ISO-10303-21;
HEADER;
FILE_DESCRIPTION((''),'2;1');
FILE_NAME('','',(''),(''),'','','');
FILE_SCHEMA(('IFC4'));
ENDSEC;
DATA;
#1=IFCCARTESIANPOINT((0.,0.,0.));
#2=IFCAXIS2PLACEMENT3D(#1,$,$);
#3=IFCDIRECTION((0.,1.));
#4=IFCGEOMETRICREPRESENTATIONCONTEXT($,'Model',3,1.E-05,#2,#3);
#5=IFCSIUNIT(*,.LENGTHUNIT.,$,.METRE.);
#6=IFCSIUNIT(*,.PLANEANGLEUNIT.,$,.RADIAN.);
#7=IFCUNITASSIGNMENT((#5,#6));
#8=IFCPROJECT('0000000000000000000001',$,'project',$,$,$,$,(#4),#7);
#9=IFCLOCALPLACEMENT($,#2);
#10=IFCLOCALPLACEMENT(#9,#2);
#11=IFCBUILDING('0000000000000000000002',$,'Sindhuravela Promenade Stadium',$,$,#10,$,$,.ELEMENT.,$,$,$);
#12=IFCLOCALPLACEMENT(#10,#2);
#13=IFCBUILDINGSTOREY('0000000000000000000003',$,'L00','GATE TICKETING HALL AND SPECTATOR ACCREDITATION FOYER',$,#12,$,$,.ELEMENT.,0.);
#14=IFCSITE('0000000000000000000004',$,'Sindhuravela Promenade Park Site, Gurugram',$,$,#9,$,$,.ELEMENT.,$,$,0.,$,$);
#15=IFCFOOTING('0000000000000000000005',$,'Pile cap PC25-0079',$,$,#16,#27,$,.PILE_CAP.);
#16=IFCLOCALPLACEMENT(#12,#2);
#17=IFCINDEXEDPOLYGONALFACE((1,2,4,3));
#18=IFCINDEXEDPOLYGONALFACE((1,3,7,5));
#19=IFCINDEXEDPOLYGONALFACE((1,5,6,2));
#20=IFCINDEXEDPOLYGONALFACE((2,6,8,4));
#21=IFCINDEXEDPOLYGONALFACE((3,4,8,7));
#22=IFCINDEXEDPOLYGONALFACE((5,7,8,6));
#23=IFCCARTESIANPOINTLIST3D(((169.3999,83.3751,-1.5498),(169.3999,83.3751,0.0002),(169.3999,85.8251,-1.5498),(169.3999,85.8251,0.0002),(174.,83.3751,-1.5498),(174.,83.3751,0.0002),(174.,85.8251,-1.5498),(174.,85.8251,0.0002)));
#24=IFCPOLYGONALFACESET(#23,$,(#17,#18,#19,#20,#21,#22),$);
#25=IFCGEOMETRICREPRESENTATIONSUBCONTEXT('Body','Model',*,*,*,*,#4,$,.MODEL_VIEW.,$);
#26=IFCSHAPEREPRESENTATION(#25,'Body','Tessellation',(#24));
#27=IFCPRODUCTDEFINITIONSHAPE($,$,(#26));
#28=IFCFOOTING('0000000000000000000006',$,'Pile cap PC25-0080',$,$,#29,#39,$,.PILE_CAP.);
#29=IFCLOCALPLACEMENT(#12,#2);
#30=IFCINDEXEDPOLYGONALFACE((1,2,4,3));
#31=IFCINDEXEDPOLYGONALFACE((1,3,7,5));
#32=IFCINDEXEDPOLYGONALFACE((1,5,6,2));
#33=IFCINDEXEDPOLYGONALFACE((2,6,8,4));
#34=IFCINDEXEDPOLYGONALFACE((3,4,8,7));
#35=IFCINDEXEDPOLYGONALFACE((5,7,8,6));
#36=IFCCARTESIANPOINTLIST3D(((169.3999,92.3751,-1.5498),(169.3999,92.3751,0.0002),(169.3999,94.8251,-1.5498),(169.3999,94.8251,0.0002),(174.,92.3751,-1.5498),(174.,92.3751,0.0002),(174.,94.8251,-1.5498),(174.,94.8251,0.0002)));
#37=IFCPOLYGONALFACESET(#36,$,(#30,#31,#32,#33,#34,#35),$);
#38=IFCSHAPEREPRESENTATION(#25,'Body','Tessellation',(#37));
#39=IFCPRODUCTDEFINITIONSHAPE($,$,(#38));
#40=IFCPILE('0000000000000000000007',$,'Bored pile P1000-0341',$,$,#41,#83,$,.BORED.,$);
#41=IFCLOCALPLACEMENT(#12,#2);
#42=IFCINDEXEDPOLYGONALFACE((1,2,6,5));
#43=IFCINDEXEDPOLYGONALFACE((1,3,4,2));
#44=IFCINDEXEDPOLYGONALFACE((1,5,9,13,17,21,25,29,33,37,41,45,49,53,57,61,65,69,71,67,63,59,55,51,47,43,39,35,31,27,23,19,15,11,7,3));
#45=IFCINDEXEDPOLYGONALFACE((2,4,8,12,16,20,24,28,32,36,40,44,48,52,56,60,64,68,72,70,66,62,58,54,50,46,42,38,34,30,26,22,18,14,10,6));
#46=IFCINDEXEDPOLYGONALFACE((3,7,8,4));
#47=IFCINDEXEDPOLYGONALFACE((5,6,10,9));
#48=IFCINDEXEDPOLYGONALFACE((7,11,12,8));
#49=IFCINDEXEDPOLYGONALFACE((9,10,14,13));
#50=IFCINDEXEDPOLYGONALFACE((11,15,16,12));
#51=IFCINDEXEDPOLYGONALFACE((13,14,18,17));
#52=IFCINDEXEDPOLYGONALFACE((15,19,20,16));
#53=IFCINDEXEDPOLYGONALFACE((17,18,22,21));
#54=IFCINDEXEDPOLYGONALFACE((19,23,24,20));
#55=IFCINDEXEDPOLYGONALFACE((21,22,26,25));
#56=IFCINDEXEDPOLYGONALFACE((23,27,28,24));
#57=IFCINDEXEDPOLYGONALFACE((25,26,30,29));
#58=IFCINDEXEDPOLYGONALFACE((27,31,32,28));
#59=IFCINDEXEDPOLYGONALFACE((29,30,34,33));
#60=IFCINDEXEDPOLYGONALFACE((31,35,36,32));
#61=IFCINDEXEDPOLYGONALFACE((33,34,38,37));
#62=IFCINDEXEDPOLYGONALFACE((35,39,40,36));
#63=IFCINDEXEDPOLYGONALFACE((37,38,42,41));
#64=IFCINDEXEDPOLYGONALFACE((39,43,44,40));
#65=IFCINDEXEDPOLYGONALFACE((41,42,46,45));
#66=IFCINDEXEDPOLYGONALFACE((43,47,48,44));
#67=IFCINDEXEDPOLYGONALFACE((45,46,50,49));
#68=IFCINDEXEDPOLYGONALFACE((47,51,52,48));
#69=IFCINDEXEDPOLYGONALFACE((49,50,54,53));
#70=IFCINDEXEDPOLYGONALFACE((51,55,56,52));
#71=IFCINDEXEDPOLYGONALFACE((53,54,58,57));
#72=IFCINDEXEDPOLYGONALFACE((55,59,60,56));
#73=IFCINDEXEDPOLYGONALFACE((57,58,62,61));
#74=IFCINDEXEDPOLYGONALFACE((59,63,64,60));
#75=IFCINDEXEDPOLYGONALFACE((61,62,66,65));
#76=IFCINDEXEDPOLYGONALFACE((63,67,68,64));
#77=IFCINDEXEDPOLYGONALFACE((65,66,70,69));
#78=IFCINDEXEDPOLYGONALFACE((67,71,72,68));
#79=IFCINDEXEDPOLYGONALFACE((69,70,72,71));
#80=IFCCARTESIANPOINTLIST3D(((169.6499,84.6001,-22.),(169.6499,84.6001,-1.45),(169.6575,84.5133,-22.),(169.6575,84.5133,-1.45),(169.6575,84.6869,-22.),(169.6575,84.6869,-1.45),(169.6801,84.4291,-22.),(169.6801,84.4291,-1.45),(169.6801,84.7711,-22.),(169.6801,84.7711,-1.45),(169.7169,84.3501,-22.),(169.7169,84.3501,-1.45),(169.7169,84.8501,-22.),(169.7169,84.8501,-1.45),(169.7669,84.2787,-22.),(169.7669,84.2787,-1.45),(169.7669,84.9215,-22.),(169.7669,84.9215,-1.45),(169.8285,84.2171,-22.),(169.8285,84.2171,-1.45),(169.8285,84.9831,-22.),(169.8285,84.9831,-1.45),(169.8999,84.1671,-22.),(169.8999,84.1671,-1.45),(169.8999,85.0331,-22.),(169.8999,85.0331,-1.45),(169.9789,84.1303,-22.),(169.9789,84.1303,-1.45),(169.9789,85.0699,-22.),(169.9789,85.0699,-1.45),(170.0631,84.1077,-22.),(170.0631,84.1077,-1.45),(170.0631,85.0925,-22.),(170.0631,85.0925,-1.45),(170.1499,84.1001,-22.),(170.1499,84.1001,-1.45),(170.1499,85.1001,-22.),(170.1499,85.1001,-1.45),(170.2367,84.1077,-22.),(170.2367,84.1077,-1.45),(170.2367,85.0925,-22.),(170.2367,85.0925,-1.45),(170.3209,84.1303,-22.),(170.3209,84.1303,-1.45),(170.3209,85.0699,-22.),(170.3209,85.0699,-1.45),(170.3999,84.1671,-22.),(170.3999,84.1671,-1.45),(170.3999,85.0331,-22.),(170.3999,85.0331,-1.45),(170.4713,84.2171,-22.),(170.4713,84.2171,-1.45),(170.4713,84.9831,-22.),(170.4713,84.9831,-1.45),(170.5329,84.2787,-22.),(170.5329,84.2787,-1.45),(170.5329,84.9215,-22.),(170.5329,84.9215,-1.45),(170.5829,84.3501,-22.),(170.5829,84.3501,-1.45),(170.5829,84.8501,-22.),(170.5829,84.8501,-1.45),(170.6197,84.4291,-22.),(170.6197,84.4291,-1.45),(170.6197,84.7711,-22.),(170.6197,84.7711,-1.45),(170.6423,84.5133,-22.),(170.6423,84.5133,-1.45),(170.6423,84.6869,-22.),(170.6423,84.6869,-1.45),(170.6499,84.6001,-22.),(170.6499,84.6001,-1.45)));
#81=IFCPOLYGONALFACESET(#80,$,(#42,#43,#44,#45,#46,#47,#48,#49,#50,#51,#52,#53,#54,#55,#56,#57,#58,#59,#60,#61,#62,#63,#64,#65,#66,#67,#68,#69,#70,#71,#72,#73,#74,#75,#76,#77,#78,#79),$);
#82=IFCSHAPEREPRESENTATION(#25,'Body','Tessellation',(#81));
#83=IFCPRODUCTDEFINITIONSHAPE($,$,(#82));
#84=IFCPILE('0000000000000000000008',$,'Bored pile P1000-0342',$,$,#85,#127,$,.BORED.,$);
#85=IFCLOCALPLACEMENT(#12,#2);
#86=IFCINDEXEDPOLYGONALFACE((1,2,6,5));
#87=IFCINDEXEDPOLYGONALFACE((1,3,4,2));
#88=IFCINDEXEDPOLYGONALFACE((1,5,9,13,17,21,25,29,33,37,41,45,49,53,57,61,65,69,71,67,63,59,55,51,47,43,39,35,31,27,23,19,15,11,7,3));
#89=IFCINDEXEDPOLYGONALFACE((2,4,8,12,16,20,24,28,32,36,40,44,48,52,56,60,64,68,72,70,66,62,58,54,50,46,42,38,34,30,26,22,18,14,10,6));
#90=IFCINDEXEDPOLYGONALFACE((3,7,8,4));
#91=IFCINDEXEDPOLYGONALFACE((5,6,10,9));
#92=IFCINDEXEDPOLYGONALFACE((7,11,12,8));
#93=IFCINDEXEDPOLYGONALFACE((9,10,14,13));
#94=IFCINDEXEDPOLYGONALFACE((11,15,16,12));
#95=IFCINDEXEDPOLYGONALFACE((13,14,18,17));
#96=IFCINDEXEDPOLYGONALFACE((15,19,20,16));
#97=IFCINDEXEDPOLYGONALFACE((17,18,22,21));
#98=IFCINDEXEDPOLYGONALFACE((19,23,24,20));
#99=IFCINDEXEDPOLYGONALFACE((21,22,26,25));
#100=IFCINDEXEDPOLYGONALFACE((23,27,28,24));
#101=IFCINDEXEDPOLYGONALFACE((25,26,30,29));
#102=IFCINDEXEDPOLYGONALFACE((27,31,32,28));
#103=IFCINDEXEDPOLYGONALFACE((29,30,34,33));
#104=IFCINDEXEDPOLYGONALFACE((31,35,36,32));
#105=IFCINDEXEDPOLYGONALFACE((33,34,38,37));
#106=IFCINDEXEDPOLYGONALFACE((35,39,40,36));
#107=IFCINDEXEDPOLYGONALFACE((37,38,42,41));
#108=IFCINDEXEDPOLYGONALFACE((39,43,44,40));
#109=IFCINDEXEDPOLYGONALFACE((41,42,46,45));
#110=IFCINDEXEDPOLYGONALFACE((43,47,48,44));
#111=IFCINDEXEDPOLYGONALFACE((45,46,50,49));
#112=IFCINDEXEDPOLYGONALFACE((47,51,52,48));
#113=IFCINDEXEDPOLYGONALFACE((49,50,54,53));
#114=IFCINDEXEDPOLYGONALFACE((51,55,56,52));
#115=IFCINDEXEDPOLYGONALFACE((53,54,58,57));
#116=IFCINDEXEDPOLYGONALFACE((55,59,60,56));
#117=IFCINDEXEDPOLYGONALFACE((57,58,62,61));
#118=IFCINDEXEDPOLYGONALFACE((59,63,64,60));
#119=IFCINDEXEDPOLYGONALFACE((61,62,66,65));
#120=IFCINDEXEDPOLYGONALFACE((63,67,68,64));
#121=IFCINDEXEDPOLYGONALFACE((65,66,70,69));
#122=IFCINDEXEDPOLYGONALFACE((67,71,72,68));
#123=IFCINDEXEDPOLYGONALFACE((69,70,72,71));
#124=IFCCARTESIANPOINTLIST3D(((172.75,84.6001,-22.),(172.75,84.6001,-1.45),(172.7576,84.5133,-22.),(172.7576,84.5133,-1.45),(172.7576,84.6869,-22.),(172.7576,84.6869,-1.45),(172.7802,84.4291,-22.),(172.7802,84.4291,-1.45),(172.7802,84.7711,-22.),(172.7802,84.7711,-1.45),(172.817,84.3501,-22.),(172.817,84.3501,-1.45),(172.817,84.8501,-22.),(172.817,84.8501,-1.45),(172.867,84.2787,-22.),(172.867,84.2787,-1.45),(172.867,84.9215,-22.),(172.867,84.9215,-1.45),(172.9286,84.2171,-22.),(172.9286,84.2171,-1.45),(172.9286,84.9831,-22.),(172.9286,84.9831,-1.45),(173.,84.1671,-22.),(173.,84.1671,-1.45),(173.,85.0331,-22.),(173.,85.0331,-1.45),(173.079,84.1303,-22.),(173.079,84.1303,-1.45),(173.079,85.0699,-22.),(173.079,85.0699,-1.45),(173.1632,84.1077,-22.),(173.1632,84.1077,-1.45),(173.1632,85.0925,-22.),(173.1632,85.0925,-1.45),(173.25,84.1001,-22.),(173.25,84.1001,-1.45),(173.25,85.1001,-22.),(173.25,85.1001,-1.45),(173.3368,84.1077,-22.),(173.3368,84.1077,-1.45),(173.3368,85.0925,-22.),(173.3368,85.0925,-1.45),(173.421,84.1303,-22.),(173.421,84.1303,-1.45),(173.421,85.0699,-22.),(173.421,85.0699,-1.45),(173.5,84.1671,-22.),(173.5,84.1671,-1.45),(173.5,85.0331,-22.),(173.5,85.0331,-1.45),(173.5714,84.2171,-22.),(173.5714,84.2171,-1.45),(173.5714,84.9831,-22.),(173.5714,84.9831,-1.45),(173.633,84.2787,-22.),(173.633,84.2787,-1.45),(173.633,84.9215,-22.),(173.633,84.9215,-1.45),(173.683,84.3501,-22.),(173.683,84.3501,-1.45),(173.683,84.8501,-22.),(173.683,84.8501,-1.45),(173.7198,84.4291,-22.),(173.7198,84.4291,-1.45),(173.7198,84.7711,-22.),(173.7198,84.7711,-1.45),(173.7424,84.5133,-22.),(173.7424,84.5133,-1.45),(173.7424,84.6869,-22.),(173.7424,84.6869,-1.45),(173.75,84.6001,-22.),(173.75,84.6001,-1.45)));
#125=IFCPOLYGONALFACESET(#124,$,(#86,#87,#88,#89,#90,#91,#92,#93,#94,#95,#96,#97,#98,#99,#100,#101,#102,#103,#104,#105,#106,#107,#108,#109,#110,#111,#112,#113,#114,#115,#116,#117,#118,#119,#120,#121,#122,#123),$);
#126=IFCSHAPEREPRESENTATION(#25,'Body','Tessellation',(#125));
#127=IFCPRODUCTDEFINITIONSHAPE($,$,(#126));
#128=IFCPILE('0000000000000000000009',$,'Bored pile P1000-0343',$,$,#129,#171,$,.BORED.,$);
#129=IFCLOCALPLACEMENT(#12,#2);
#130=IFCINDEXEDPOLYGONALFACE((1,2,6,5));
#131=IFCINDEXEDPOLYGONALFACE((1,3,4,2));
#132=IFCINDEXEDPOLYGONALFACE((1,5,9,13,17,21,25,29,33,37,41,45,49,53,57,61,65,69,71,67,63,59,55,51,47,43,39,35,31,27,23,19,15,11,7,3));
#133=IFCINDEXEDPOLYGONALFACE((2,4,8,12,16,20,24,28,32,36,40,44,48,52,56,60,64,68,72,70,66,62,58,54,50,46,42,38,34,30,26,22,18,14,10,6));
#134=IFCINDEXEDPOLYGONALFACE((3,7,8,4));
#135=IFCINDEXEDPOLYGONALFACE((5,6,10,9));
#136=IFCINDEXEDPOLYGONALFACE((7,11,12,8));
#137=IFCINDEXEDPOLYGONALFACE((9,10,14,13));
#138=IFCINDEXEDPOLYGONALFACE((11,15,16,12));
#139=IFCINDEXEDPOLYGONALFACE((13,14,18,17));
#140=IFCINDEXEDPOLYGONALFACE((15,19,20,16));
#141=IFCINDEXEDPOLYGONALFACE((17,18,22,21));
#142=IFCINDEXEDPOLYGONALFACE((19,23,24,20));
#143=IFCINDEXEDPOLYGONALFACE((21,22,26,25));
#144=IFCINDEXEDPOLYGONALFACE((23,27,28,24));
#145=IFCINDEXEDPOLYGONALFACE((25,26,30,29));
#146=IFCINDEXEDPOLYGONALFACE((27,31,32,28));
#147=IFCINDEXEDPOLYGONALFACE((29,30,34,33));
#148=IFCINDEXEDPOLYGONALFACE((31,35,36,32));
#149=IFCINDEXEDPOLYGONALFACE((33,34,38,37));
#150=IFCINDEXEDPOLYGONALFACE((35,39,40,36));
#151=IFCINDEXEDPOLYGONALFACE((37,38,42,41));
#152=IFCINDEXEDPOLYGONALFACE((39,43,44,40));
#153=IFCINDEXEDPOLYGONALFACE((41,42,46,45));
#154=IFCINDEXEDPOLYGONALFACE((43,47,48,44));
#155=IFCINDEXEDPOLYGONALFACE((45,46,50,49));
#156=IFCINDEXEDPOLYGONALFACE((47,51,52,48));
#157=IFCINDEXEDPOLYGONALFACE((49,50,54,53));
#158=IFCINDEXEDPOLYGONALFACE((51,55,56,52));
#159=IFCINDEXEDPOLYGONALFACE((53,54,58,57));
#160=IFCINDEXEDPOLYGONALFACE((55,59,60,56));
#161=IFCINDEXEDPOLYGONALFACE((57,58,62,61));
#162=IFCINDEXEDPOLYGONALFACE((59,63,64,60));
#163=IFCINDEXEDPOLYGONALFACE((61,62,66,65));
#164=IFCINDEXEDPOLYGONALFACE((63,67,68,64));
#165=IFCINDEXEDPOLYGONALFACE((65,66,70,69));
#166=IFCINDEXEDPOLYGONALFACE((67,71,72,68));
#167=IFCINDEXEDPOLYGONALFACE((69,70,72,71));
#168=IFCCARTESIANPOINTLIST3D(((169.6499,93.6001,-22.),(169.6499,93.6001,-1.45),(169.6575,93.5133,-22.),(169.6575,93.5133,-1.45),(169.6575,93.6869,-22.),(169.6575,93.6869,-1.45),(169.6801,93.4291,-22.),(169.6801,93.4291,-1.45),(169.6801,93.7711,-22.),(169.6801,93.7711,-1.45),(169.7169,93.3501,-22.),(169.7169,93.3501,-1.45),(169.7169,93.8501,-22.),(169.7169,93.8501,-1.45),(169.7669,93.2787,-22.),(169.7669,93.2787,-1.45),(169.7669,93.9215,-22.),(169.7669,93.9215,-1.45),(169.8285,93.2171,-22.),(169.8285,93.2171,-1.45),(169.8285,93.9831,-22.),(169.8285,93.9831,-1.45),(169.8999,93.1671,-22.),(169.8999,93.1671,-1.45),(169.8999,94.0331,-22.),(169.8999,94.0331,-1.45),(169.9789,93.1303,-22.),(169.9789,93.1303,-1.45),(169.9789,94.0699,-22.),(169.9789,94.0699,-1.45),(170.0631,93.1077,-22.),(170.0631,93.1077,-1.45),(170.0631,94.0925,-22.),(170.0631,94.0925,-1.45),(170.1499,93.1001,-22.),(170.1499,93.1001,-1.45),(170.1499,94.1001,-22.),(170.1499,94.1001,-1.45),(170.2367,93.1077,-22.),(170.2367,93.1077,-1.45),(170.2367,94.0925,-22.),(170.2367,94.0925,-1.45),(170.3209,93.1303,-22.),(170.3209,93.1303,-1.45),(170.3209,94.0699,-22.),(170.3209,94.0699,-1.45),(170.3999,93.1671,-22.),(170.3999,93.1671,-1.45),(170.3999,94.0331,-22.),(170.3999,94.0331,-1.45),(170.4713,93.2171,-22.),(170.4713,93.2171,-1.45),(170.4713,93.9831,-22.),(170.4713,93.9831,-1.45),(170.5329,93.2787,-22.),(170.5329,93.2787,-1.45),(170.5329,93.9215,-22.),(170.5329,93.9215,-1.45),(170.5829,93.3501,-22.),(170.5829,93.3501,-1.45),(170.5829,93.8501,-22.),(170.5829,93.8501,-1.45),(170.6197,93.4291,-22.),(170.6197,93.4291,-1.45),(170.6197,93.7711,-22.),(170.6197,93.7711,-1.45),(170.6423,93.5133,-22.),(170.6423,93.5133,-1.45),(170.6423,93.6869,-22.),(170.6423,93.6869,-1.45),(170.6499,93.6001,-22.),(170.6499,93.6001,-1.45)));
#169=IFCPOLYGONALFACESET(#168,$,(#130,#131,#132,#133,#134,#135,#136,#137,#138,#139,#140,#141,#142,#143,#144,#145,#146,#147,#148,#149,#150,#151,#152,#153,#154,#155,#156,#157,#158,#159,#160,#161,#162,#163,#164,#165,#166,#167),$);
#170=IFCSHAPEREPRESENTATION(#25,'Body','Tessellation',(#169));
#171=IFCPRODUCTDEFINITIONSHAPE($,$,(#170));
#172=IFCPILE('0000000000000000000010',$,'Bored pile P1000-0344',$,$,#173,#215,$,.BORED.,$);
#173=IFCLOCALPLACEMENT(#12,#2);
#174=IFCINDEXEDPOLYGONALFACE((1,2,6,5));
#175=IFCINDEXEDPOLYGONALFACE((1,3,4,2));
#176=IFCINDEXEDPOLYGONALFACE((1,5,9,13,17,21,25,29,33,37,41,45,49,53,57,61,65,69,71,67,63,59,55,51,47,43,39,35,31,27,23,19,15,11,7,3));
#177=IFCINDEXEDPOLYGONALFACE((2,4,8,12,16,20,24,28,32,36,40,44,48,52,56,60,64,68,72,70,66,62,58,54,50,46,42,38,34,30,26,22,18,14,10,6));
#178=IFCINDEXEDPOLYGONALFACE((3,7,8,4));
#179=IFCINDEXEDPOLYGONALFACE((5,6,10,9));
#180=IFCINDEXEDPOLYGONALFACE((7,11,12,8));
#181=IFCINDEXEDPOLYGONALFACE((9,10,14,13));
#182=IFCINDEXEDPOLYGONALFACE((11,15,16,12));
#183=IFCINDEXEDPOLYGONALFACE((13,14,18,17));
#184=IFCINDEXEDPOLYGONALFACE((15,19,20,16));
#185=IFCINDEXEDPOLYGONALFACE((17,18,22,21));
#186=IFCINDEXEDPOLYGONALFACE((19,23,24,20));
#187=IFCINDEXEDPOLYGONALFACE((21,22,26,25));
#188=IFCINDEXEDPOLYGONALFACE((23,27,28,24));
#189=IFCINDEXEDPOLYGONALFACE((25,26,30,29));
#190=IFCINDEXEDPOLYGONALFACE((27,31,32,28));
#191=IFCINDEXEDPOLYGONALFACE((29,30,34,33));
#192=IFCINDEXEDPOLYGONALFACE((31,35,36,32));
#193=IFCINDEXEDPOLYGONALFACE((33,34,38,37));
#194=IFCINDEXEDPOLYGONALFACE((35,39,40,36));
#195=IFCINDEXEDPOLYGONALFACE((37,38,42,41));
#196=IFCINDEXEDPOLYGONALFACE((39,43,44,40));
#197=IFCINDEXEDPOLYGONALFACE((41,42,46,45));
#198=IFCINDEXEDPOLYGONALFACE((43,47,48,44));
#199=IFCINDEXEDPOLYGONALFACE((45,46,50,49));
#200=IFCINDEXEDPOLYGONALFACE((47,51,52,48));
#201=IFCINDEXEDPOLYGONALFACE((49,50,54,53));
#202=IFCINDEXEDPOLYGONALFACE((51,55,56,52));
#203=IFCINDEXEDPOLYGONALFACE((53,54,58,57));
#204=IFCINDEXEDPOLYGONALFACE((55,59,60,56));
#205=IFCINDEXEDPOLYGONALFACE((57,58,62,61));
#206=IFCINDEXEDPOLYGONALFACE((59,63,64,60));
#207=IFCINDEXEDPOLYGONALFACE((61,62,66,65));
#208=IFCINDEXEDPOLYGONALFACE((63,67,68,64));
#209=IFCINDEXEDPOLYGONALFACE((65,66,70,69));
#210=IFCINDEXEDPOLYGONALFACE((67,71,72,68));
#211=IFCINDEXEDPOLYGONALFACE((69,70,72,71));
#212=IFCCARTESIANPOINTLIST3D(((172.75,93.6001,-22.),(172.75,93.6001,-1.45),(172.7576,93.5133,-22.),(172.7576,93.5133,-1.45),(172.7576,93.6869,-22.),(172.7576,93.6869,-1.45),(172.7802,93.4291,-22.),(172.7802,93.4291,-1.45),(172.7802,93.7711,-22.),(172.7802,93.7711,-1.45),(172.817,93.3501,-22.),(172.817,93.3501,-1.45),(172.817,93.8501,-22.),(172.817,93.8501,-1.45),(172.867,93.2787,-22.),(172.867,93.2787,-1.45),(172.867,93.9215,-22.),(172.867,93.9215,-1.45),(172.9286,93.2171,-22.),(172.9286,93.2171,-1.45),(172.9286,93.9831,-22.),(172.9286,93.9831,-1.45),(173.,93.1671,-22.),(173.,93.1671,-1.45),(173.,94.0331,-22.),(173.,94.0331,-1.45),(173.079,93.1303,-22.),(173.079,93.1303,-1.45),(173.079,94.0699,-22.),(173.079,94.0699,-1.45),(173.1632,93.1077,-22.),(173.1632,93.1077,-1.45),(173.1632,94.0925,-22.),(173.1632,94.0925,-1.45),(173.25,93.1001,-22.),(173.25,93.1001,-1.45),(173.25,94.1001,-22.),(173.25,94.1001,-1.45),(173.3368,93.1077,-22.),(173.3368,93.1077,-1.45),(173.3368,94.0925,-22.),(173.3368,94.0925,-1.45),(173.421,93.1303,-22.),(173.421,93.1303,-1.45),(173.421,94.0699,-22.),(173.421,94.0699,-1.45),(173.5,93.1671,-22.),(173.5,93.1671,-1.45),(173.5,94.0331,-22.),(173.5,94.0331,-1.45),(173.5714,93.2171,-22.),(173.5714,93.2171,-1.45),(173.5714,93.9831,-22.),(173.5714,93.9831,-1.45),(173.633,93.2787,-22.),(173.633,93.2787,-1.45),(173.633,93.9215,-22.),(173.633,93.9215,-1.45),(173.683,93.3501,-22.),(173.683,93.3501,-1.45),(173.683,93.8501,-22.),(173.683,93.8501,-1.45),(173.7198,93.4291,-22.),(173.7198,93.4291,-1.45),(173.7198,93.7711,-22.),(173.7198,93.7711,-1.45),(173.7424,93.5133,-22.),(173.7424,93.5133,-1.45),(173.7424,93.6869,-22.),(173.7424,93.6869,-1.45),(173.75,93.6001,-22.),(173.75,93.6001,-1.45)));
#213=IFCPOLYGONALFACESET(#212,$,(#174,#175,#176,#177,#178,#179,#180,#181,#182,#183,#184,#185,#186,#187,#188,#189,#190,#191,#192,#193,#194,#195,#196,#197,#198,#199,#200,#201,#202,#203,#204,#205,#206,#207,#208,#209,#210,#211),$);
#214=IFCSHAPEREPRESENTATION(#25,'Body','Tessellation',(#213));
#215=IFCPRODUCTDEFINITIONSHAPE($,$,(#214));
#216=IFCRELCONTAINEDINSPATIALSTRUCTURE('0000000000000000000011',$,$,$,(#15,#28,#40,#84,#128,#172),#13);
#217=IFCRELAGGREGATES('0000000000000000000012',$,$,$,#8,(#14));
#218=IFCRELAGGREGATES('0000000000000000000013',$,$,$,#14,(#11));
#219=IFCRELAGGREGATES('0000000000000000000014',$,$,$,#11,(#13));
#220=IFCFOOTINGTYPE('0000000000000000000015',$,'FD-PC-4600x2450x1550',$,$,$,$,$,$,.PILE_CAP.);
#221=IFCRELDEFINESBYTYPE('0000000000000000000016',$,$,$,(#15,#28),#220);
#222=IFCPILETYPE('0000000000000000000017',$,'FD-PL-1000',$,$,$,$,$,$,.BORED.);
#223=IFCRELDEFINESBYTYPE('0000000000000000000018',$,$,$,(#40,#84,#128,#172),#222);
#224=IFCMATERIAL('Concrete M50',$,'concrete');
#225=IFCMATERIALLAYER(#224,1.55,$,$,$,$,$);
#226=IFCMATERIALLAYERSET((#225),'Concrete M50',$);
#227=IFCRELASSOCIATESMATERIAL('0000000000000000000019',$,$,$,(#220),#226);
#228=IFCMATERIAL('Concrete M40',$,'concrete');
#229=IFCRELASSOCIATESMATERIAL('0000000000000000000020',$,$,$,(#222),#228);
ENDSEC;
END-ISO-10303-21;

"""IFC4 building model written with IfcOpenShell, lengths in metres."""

from ifc_helpers import new_model, si_unit, direction, frame, origin, origin_2d, place, context, subcontext, project, spatial, rectangle, circle, extrude, material, layer, layer_set, material_profile, profile_set, type_object, element, save


model = new_model("IFC4")

# Units and contexts
model_context = context("Model", 3, precision=1e-05, world=origin(), true_north=direction((0.0, 1.0)))
body_context = subcontext(model_context, "Body", "Model", "MODEL_VIEW")
ifc_project = project(units=[si_unit("LENGTHUNIT", "METRE"), si_unit("PLANEANGLEUNIT", "RADIAN")], contexts=[model_context])

# Site, building, storey
site_placement = place(None, origin())
site = spatial("IfcSite", under=ifc_project, at=site_placement, Name="Sindhuravela Promenade Park Site, Gurugram", CompositionType="ELEMENT", RefElevation=0.0)
building_placement = place(site_placement, origin())
building = spatial("IfcBuilding", under=site, at=building_placement, Name="Sindhuravela Promenade Stadium", CompositionType="ELEMENT")
storey_placement = place(building_placement, origin())
storey = spatial("IfcBuildingStorey", under=building, at=storey_placement, Name="L00", Description="GATE TICKETING HALL AND SPECTATOR ACCREDITATION FOYER", CompositionType="ELEMENT", Elevation=0.0)

# Footings
ifc_material_1 = material(Name="Concrete M50", Category="concrete")
ifc_layer_1 = layer(ifc_material_1, 1.55)
ifc_layer_set_1 = layer_set([ifc_layer_1], Name="Concrete M50")
footing_type = type_object("IfcFootingType", Name="FD-PC-4600x2450x1550", PredefinedType="PILE_CAP", material=ifc_layer_set_1)
for number, where, z_axis, x_axis, name in (
    (1, (171.7, 84.6001, -1.5498), (0.0, 0.0, 1.0), (1.0, 0.0, 0.0), "Pile cap PC25-0079"),
    (2, (171.7, 93.6001, -1.5498), (0.0, 0.0, 1.0), (1.0, 0.0, 0.0), "Pile cap PC25-0080"),
):
    element("IfcFooting", number, at=place(storey_placement, frame(where, z_axis=z_axis, x_axis=x_axis)), inside=storey, type_object=footing_type, Name=name, PredefinedType="PILE_CAP", context=body_context, shape_type="SweptSolid", body=[
        extrude(rectangle(XDim=4.6001, YDim=2.45, at=origin_2d()), origin(), (0.0, 0.0, 1.0), 1.55),
    ])

# Piles
ifc_material_2 = material(Name="Concrete M40", Category="concrete")
ifc_material_profile_1 = material_profile(ifc_material_2, circle(Radius=0.5, at=origin_2d()), Name="BORED PILE D1000")
ifc_profile_set_1 = profile_set([ifc_material_profile_1], Name="Concrete M40")
pile_type = type_object("IfcPileType", Name="FD-PL-1000", PredefinedType="BORED", material=ifc_profile_set_1)
for number, where, z_axis, x_axis, name in (
    (3, (170.1499, 84.6001, -1.45), (0.0, 0.0, -1.0), (1.0, 0.0, 0.0), "Bored pile P1000-0341"),
    (4, (173.25, 84.6001, -1.45), (0.0, 0.0, -1.0), (1.0, 0.0, 0.0), "Bored pile P1000-0342"),
    (5, (170.1499, 93.6001, -1.45), (0.0, 0.0, -1.0), (1.0, 0.0, 0.0), "Bored pile P1000-0343"),
    (6, (173.25, 93.6001, -1.45), (0.0, 0.0, -1.0), (1.0, 0.0, 0.0), "Bored pile P1000-0344"),
):
    element("IfcPile", number, at=place(storey_placement, frame(where, z_axis=z_axis, x_axis=x_axis)), inside=storey, type_object=pile_type, Name=name, PredefinedType="BORED", context=body_context, shape_type="SweptSolid", body=[
        extrude(circle(Radius=0.5, at=origin_2d()), origin(), (0.0, 0.0, 1.0), 20.55),
    ])

save(model, "model.ifc")
